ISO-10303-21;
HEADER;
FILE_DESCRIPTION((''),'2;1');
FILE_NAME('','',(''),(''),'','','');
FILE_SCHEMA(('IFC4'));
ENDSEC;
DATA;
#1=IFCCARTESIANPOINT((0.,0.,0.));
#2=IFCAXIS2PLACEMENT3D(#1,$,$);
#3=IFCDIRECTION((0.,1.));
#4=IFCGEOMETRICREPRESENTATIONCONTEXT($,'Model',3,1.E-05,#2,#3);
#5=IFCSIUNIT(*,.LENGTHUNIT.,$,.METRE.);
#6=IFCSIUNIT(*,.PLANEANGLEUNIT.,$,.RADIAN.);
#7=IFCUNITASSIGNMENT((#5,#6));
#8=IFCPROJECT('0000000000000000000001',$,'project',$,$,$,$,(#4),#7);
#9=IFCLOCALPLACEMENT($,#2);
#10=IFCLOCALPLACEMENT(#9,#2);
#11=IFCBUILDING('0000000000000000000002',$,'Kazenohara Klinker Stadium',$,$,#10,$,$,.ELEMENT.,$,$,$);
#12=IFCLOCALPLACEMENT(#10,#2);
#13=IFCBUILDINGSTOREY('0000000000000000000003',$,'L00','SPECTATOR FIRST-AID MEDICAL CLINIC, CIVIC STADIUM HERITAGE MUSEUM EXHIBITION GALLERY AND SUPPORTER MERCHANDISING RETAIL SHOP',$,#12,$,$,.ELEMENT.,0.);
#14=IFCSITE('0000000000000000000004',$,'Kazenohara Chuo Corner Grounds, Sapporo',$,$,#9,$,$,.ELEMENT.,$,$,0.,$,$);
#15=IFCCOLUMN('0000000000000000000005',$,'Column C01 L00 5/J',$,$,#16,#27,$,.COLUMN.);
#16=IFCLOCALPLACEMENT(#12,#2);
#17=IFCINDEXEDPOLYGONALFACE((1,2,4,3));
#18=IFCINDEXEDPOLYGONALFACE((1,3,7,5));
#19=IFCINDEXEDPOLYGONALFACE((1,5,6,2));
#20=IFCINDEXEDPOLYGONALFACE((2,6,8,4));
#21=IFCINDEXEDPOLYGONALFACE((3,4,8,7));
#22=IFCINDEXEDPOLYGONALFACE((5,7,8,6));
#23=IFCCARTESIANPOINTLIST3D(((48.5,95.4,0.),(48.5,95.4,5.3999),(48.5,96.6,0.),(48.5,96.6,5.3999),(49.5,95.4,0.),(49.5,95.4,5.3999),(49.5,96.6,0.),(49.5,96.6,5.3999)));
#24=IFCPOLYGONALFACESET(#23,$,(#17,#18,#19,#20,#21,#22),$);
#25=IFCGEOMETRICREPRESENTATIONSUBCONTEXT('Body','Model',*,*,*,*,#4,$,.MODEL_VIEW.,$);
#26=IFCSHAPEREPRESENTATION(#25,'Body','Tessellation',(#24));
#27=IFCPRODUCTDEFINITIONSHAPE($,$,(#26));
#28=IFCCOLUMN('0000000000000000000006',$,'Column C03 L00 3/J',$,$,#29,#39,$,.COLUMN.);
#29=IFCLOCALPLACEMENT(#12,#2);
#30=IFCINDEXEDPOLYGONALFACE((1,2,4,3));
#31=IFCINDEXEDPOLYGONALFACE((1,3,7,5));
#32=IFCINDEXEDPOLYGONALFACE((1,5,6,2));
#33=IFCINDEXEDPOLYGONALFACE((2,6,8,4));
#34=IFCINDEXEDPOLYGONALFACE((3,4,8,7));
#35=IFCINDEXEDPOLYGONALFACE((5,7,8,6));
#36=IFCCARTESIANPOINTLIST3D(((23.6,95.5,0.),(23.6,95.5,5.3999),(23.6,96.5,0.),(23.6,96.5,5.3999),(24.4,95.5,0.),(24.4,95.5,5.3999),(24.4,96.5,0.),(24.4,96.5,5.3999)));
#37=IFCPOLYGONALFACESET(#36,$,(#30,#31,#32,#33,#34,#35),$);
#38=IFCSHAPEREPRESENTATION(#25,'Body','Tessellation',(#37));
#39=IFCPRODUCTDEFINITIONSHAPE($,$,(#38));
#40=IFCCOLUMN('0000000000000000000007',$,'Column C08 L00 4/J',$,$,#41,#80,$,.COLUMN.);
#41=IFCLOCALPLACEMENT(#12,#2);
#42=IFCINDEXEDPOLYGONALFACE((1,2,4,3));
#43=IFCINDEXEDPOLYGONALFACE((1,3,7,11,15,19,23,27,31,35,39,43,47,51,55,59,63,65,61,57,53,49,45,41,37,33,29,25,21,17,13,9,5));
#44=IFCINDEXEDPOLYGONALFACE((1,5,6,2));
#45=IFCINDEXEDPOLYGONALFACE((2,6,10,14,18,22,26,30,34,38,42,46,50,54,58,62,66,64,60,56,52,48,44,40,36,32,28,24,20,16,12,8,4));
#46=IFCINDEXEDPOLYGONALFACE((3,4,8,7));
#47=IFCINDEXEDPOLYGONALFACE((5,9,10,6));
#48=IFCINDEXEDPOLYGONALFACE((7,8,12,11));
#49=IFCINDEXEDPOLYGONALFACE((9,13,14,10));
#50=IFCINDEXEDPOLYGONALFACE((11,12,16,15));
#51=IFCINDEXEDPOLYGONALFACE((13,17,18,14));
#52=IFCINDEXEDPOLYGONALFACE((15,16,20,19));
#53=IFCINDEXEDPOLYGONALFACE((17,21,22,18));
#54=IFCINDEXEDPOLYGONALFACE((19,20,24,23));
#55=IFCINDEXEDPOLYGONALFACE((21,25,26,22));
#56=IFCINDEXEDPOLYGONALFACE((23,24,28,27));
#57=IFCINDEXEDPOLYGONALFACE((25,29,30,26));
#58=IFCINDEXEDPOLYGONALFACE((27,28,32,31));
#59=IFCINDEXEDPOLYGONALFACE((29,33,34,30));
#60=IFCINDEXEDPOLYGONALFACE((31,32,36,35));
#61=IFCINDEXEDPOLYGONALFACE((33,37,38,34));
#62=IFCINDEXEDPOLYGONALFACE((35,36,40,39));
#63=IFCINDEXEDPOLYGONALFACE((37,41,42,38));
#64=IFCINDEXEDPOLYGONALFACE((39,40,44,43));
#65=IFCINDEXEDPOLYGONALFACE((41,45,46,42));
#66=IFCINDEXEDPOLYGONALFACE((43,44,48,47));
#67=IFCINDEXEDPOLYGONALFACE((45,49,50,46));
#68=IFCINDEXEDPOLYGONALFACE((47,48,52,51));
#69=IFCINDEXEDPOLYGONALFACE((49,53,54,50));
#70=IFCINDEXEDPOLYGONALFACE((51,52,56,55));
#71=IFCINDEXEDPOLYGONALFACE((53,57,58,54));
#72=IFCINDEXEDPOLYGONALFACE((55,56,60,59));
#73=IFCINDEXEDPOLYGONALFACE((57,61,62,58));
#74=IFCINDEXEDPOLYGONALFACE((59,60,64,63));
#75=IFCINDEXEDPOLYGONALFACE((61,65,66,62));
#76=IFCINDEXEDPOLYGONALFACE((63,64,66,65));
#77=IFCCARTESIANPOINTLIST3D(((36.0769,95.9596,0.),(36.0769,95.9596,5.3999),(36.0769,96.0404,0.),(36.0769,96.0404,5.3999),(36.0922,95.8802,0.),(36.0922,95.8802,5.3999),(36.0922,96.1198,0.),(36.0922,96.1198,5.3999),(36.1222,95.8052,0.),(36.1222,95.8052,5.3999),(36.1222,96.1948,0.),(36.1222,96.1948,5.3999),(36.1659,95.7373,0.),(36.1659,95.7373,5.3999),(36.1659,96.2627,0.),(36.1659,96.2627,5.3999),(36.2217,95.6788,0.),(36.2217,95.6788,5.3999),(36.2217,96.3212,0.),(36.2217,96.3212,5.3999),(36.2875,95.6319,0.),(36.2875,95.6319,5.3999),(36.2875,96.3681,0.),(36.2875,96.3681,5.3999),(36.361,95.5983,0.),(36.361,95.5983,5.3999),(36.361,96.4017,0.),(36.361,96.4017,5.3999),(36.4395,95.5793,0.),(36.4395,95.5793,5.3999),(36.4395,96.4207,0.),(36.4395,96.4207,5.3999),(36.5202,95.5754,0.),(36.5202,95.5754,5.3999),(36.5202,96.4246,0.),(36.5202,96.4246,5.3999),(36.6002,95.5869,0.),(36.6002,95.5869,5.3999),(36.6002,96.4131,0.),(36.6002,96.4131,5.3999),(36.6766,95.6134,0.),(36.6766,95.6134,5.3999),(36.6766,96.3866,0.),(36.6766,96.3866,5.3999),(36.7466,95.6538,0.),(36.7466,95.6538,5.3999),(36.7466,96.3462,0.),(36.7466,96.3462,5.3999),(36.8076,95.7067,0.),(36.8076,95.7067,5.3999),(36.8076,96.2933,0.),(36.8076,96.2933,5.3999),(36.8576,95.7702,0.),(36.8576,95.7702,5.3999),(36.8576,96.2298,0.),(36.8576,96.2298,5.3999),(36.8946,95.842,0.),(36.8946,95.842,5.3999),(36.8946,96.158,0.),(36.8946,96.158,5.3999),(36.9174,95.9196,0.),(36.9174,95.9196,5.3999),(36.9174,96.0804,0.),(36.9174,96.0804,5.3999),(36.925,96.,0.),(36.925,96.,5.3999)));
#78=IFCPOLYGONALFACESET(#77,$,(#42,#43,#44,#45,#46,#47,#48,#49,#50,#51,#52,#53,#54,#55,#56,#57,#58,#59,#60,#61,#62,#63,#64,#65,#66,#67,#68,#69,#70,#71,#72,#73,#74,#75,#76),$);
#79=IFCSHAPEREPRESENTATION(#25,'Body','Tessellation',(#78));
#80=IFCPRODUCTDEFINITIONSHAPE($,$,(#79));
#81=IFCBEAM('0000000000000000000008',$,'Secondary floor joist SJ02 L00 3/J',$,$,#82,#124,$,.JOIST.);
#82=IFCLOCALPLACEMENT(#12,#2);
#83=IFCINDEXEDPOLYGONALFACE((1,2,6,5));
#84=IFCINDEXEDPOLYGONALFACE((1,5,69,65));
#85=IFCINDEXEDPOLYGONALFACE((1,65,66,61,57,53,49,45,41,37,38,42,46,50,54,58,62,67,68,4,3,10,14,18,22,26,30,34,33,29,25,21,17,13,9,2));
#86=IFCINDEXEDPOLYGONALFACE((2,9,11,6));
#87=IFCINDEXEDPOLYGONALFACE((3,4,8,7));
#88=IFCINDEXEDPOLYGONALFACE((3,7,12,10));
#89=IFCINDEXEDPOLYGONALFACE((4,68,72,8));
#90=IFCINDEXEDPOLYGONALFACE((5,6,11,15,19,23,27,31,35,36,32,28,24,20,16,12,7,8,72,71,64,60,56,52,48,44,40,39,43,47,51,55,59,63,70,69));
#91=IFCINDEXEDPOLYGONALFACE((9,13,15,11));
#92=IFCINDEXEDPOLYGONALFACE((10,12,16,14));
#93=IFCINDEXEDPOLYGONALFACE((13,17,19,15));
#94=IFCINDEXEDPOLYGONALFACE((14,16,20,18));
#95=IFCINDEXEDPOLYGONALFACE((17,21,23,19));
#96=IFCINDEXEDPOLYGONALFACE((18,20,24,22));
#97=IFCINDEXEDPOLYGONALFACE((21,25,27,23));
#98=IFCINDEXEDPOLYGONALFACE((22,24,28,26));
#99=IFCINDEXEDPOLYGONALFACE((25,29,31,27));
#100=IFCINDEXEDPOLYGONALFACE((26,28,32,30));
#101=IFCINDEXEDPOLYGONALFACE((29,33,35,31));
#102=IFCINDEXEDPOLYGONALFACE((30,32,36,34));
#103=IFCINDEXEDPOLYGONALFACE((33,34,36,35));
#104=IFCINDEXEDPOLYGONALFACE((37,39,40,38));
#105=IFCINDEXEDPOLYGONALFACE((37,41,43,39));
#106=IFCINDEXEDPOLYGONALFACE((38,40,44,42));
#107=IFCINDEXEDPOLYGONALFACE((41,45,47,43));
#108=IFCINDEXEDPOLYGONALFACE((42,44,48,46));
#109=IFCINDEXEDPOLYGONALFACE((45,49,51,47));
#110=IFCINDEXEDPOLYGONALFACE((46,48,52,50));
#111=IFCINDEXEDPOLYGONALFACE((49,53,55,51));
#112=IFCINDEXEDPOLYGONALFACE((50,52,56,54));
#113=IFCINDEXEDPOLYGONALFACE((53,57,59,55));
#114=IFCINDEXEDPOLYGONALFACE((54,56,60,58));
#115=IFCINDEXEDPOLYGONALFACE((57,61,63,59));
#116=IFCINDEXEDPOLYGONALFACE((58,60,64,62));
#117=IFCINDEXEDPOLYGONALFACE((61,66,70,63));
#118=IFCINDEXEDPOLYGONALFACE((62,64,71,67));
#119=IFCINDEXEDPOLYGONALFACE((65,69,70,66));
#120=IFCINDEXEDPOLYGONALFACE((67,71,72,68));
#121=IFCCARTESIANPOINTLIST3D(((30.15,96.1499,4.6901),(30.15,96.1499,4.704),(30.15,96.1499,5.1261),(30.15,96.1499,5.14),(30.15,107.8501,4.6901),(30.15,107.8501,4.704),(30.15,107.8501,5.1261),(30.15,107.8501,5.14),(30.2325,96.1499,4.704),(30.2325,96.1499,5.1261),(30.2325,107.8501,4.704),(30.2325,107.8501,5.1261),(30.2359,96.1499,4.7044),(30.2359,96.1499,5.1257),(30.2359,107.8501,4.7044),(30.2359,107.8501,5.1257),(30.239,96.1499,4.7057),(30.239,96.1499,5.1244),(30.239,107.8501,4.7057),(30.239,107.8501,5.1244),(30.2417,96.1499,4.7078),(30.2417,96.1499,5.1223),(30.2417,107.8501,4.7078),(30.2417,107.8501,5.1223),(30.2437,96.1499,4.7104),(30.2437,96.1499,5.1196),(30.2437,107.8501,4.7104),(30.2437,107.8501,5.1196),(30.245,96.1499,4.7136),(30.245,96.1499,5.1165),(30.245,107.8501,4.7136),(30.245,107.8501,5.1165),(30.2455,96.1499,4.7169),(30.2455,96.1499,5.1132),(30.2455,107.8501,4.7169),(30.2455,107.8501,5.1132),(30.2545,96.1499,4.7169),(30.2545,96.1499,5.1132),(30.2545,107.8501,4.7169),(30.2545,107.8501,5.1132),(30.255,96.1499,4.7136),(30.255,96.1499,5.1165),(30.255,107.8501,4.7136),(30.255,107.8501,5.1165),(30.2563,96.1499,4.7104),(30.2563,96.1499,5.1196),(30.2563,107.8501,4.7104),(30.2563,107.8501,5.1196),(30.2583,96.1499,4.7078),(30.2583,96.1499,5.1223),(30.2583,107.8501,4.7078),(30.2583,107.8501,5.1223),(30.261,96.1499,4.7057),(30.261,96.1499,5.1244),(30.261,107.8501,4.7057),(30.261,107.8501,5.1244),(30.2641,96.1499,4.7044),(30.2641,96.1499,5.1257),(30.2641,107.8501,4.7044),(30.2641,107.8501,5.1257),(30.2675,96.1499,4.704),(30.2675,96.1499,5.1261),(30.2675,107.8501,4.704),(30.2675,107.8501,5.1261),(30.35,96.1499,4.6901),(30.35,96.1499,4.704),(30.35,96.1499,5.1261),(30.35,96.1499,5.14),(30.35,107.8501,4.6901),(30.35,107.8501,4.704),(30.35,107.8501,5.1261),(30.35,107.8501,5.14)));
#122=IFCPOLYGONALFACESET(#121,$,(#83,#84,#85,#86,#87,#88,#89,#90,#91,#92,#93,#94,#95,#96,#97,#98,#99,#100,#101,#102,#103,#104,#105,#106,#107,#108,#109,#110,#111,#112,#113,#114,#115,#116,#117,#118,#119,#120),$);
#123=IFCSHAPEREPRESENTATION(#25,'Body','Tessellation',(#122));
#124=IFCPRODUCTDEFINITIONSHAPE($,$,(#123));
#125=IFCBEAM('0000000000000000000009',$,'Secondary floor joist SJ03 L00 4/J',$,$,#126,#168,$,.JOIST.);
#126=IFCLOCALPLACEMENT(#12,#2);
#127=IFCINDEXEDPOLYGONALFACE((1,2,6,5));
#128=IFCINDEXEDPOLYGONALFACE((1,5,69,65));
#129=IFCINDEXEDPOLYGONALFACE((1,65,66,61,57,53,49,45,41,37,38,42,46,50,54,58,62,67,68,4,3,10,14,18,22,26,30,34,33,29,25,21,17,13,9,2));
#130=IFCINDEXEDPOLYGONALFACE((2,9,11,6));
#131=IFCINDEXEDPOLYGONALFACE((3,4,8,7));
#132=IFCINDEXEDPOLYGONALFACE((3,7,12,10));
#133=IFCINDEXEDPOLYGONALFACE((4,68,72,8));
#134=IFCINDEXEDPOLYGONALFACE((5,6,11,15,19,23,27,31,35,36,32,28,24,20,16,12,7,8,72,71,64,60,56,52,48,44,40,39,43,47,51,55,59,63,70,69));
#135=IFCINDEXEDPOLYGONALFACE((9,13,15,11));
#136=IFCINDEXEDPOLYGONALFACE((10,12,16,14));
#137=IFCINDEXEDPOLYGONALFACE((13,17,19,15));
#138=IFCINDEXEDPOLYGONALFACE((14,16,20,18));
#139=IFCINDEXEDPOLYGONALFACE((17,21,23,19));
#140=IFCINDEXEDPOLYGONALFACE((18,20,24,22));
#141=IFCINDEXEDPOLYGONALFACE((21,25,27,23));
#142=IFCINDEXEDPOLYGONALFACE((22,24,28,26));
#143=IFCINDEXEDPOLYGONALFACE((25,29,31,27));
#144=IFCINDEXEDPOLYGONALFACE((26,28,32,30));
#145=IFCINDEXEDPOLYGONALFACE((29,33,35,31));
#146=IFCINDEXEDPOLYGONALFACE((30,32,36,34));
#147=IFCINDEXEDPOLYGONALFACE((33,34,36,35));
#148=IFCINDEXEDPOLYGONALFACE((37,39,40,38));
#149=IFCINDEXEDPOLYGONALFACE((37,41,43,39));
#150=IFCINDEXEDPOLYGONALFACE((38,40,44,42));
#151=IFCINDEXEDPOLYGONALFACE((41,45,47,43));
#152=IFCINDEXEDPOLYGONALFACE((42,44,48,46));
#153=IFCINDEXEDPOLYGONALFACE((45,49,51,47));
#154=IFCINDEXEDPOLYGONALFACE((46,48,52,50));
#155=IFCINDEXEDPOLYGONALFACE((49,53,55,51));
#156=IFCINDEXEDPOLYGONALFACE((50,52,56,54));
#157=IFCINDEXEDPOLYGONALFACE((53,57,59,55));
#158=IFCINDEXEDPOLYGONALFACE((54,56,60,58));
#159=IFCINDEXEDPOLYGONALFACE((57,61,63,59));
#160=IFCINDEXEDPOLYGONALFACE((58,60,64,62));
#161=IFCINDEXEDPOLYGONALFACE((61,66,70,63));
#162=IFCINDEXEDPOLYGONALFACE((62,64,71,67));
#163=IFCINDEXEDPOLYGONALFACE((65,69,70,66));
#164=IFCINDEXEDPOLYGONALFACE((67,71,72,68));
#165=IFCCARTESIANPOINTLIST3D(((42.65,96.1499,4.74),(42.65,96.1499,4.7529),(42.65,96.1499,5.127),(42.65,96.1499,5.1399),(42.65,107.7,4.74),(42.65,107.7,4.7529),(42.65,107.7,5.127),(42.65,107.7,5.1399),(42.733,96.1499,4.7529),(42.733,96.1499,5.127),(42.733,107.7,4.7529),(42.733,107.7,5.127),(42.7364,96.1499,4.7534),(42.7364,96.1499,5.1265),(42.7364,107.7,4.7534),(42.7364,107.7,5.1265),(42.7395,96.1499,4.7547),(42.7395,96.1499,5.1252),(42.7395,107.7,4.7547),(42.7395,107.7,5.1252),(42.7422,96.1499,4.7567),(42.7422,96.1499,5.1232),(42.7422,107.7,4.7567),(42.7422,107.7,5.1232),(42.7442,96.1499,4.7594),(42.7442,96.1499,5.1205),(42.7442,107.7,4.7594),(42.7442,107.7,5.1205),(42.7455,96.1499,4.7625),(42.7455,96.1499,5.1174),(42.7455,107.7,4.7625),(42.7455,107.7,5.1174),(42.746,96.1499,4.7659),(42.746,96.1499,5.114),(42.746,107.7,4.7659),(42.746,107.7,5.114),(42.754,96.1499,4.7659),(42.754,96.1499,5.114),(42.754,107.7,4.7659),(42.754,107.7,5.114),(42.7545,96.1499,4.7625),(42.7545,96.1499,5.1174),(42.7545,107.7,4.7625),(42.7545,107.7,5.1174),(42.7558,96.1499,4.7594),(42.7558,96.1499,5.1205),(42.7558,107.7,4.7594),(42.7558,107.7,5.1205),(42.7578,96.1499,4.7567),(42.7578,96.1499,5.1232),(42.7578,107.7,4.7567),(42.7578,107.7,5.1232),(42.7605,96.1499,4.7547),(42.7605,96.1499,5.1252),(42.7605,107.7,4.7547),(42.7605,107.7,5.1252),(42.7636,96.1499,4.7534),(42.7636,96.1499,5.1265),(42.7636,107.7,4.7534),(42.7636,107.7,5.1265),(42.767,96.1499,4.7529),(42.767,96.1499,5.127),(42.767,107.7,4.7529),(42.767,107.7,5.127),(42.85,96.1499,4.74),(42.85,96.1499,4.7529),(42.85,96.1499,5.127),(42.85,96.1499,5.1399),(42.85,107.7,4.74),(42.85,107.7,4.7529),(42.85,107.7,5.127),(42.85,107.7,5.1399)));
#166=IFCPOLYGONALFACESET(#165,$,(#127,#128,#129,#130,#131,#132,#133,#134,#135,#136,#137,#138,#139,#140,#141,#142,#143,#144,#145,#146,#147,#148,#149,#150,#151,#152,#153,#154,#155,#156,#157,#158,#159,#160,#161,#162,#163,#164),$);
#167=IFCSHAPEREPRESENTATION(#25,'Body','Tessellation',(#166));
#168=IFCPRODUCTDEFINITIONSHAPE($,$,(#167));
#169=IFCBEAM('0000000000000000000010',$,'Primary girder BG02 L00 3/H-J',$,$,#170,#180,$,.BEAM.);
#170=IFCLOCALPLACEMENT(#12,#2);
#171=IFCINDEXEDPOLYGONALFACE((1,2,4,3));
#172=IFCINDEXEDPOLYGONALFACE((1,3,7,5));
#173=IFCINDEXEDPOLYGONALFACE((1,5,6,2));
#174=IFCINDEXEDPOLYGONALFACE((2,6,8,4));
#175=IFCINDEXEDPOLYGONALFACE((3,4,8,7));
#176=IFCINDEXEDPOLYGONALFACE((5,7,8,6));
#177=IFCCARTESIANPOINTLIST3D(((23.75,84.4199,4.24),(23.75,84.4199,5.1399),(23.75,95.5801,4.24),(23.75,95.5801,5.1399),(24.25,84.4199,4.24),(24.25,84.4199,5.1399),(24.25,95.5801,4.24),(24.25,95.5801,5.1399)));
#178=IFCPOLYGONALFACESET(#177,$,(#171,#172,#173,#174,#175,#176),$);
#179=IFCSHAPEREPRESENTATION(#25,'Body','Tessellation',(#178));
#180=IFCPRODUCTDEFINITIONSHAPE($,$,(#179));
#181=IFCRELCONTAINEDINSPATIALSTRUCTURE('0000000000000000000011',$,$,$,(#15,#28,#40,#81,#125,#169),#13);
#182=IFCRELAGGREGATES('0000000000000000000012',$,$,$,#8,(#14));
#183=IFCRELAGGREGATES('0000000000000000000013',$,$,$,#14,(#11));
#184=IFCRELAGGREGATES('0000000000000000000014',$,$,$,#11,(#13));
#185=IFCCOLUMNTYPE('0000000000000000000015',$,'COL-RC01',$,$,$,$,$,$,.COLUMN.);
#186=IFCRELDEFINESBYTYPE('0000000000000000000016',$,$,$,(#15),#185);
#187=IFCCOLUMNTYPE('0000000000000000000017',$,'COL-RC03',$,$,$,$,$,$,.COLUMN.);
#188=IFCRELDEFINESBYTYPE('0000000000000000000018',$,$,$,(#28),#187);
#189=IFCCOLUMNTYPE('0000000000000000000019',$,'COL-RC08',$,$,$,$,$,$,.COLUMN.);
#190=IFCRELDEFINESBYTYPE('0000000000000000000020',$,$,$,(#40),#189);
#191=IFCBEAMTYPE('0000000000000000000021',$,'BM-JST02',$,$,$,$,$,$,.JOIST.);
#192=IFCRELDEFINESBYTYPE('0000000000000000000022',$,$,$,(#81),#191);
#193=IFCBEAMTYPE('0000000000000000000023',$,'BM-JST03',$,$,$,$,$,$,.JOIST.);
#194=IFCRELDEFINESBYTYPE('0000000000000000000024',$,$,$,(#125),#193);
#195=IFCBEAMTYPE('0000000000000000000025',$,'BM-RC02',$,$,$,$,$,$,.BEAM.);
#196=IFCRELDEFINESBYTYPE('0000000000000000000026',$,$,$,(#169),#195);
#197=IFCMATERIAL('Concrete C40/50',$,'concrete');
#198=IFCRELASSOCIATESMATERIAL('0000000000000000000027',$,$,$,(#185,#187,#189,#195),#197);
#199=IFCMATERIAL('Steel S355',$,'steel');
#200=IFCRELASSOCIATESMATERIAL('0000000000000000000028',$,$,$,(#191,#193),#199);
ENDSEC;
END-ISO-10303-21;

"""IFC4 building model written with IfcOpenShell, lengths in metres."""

from ifc_helpers import new_model, si_unit, direction, frame, origin, origin_2d, place, context, subcontext, project, spatial, rectangle, circle, i_section, extrude, material, material_profile, profile_set, type_object, element, save


model = new_model("IFC4")

# Units and contexts
model_context = context("Model", 3, precision=1e-05, world=origin(), true_north=direction((0.0, 1.0)))
body_context = subcontext(model_context, "Body", "Model", "MODEL_VIEW")
ifc_project = project(units=[si_unit("LENGTHUNIT", "METRE"), si_unit("PLANEANGLEUNIT", "RADIAN")], contexts=[model_context])

# Site, building, storey
site_placement = place(None, origin())
site = spatial("IfcSite", under=ifc_project, at=site_placement, Name="Kazenohara Chuo Corner Grounds, Sapporo", CompositionType="ELEMENT", RefElevation=0.0)
building_placement = place(site_placement, origin())
building = spatial("IfcBuilding", under=site, at=building_placement, Name="Kazenohara Klinker Stadium", CompositionType="ELEMENT")
storey_placement = place(building_placement, origin())
storey = spatial("IfcBuildingStorey", under=building, at=storey_placement, Name="L00", Description="SPECTATOR FIRST-AID MEDICAL CLINIC, CIVIC STADIUM HERITAGE MUSEUM EXHIBITION GALLERY AND SUPPORTER MERCHANDISING RETAIL SHOP", CompositionType="ELEMENT", Elevation=0.0)

# Columns
ifc_material_1 = material(Name="Concrete C40/50", Category="concrete")
ifc_material_profile_1 = material_profile(ifc_material_1, rectangle(XDim=1.0, YDim=1.2, at=origin_2d()), Name="RC-COL-1200x1000")
ifc_profile_set_1 = profile_set([ifc_material_profile_1], Name="Concrete C40/50")
column_type_1 = type_object("IfcColumnType", Name="COL-RC01", PredefinedType="COLUMN", material=ifc_profile_set_1)
column_1_placement = place(storey_placement, frame((49.0, 96.0, 0.0), z_axis=(0.0, 0.0, 1.0), x_axis=(1.0, 0.0, 0.0)))
element("IfcColumn", 1, at=column_1_placement, inside=storey, type_object=column_type_1, Name="Column C01 L00 5/J", PredefinedType="COLUMN", context=body_context, shape_type="SweptSolid", body=[
    extrude(rectangle(XDim=1.0, YDim=1.2, at=origin_2d()), origin(), (0.0, 0.0, 1.0), 5.3999),
])
ifc_material_profile_2 = material_profile(ifc_material_1, rectangle(XDim=0.8, YDim=1.0, at=origin_2d()), Name="RC-COL-1000x800")
ifc_profile_set_2 = profile_set([ifc_material_profile_2], Name="Concrete C40/50")
column_type_2 = type_object("IfcColumnType", Name="COL-RC03", PredefinedType="COLUMN", material=ifc_profile_set_2)
column_2_placement = place(storey_placement, frame((24.0, 96.0, 0.0), z_axis=(0.0, 0.0, 1.0), x_axis=(1.0, 0.0, 0.0)))
element("IfcColumn", 2, at=column_2_placement, inside=storey, type_object=column_type_2, Name="Column C03 L00 3/J", PredefinedType="COLUMN", context=body_context, shape_type="SweptSolid", body=[
    extrude(rectangle(XDim=0.8, YDim=1.0, at=origin_2d()), origin(), (0.0, 0.0, 1.0), 5.3999),
])
ifc_material_profile_3 = material_profile(ifc_material_1, circle(Radius=0.425, at=origin_2d()), Name="RC-COL-D850")
ifc_profile_set_3 = profile_set([ifc_material_profile_3], Name="Concrete C40/50")
column_type_3 = type_object("IfcColumnType", Name="COL-RC08", PredefinedType="COLUMN", material=ifc_profile_set_3)
column_3_placement = place(storey_placement, frame((36.5, 96.0, 0.0), z_axis=(0.0, 0.0, 1.0), x_axis=(1.0, 0.0, 0.0)))
element("IfcColumn", 3, at=column_3_placement, inside=storey, type_object=column_type_3, Name="Column C08 L00 4/J", PredefinedType="COLUMN", context=body_context, shape_type="SweptSolid", body=[
    extrude(circle(Radius=0.425, at=origin_2d()), origin(), (0.0, 0.0, 1.0), 5.3999),
])

# Beams
ifc_material_2 = material(Name="Steel S355", Category="steel")
ifc_material_profile_4 = material_profile(ifc_material_2, i_section(OverallWidth=0.2, OverallDepth=0.45, WebThickness=0.009, FlangeThickness=0.0139, FilletRadius=0.0129, at=origin_2d()), Name="H-450x200x9x14")
ifc_profile_set_4 = profile_set([ifc_material_profile_4], Name="Steel S355")
beam_type_1 = type_object("IfcBeamType", Name="BM-JST02", PredefinedType="JOIST", material=ifc_profile_set_4)
beam_1_placement = place(storey_placement, frame((30.25, 96.1499, 4.915), z_axis=(0.0, 1.0, 0.0), x_axis=(-1.0, 0.0, 0.0)))
element("IfcBeam", 4, at=beam_1_placement, inside=storey, type_object=beam_type_1, Name="Secondary floor joist SJ02 L00 3/J", PredefinedType="JOIST", context=body_context, shape_type="SweptSolid", body=[
    extrude(i_section(OverallWidth=0.2, OverallDepth=0.45, WebThickness=0.009, FlangeThickness=0.0139, FilletRadius=0.0129, at=origin_2d()), origin(), (0.0, 0.0, 1.0), 11.7002),
])
ifc_material_profile_5 = material_profile(ifc_material_2, i_section(OverallWidth=0.2, OverallDepth=0.3999, WebThickness=0.0081, FlangeThickness=0.0129, FilletRadius=0.0129, at=origin_2d()), Name="H-400x200x8x13")
ifc_profile_set_5 = profile_set([ifc_material_profile_5], Name="Steel S355")
beam_type_2 = type_object("IfcBeamType", Name="BM-JST03", PredefinedType="JOIST", material=ifc_profile_set_5)
beam_2_placement = place(storey_placement, frame((42.75, 96.1499, 4.9399), z_axis=(0.0, 1.0, 0.0), x_axis=(-1.0, 0.0, 0.0)))
element("IfcBeam", 5, at=beam_2_placement, inside=storey, type_object=beam_type_2, Name="Secondary floor joist SJ03 L00 4/J", PredefinedType="JOIST", context=body_context, shape_type="SweptSolid", body=[
    extrude(i_section(OverallWidth=0.2, OverallDepth=0.3999, WebThickness=0.0081, FlangeThickness=0.0129, FilletRadius=0.0129, at=origin_2d()), origin(), (0.0, 0.0, 1.0), 11.55),
])
ifc_material_profile_6 = material_profile(ifc_material_1, rectangle(XDim=0.5, YDim=0.8999, at=origin_2d()), Name="RC-BM-500x900")
ifc_profile_set_6 = profile_set([ifc_material_profile_6], Name="Concrete C40/50")
beam_type_3 = type_object("IfcBeamType", Name="BM-RC02", PredefinedType="BEAM", material=ifc_profile_set_6)
for number, where, z_axis, x_axis, name in (
    (6, (24.0, 84.4199, 4.6899), (0.0, 1.0, 0.0), (-1.0, 0.0, 0.0), "Primary girder BG02 L00 3/H-J"),
):
    element("IfcBeam", number, at=place(storey_placement, frame(where, z_axis=z_axis, x_axis=x_axis)), inside=storey, type_object=beam_type_3, Name=name, PredefinedType="BEAM", context=body_context, shape_type="SweptSolid", body=[
        extrude(rectangle(XDim=0.5, YDim=0.8999, at=origin_2d()), origin(), (0.0, 0.0, 1.0), 11.1602),
    ])

save(model, "model.ifc")
